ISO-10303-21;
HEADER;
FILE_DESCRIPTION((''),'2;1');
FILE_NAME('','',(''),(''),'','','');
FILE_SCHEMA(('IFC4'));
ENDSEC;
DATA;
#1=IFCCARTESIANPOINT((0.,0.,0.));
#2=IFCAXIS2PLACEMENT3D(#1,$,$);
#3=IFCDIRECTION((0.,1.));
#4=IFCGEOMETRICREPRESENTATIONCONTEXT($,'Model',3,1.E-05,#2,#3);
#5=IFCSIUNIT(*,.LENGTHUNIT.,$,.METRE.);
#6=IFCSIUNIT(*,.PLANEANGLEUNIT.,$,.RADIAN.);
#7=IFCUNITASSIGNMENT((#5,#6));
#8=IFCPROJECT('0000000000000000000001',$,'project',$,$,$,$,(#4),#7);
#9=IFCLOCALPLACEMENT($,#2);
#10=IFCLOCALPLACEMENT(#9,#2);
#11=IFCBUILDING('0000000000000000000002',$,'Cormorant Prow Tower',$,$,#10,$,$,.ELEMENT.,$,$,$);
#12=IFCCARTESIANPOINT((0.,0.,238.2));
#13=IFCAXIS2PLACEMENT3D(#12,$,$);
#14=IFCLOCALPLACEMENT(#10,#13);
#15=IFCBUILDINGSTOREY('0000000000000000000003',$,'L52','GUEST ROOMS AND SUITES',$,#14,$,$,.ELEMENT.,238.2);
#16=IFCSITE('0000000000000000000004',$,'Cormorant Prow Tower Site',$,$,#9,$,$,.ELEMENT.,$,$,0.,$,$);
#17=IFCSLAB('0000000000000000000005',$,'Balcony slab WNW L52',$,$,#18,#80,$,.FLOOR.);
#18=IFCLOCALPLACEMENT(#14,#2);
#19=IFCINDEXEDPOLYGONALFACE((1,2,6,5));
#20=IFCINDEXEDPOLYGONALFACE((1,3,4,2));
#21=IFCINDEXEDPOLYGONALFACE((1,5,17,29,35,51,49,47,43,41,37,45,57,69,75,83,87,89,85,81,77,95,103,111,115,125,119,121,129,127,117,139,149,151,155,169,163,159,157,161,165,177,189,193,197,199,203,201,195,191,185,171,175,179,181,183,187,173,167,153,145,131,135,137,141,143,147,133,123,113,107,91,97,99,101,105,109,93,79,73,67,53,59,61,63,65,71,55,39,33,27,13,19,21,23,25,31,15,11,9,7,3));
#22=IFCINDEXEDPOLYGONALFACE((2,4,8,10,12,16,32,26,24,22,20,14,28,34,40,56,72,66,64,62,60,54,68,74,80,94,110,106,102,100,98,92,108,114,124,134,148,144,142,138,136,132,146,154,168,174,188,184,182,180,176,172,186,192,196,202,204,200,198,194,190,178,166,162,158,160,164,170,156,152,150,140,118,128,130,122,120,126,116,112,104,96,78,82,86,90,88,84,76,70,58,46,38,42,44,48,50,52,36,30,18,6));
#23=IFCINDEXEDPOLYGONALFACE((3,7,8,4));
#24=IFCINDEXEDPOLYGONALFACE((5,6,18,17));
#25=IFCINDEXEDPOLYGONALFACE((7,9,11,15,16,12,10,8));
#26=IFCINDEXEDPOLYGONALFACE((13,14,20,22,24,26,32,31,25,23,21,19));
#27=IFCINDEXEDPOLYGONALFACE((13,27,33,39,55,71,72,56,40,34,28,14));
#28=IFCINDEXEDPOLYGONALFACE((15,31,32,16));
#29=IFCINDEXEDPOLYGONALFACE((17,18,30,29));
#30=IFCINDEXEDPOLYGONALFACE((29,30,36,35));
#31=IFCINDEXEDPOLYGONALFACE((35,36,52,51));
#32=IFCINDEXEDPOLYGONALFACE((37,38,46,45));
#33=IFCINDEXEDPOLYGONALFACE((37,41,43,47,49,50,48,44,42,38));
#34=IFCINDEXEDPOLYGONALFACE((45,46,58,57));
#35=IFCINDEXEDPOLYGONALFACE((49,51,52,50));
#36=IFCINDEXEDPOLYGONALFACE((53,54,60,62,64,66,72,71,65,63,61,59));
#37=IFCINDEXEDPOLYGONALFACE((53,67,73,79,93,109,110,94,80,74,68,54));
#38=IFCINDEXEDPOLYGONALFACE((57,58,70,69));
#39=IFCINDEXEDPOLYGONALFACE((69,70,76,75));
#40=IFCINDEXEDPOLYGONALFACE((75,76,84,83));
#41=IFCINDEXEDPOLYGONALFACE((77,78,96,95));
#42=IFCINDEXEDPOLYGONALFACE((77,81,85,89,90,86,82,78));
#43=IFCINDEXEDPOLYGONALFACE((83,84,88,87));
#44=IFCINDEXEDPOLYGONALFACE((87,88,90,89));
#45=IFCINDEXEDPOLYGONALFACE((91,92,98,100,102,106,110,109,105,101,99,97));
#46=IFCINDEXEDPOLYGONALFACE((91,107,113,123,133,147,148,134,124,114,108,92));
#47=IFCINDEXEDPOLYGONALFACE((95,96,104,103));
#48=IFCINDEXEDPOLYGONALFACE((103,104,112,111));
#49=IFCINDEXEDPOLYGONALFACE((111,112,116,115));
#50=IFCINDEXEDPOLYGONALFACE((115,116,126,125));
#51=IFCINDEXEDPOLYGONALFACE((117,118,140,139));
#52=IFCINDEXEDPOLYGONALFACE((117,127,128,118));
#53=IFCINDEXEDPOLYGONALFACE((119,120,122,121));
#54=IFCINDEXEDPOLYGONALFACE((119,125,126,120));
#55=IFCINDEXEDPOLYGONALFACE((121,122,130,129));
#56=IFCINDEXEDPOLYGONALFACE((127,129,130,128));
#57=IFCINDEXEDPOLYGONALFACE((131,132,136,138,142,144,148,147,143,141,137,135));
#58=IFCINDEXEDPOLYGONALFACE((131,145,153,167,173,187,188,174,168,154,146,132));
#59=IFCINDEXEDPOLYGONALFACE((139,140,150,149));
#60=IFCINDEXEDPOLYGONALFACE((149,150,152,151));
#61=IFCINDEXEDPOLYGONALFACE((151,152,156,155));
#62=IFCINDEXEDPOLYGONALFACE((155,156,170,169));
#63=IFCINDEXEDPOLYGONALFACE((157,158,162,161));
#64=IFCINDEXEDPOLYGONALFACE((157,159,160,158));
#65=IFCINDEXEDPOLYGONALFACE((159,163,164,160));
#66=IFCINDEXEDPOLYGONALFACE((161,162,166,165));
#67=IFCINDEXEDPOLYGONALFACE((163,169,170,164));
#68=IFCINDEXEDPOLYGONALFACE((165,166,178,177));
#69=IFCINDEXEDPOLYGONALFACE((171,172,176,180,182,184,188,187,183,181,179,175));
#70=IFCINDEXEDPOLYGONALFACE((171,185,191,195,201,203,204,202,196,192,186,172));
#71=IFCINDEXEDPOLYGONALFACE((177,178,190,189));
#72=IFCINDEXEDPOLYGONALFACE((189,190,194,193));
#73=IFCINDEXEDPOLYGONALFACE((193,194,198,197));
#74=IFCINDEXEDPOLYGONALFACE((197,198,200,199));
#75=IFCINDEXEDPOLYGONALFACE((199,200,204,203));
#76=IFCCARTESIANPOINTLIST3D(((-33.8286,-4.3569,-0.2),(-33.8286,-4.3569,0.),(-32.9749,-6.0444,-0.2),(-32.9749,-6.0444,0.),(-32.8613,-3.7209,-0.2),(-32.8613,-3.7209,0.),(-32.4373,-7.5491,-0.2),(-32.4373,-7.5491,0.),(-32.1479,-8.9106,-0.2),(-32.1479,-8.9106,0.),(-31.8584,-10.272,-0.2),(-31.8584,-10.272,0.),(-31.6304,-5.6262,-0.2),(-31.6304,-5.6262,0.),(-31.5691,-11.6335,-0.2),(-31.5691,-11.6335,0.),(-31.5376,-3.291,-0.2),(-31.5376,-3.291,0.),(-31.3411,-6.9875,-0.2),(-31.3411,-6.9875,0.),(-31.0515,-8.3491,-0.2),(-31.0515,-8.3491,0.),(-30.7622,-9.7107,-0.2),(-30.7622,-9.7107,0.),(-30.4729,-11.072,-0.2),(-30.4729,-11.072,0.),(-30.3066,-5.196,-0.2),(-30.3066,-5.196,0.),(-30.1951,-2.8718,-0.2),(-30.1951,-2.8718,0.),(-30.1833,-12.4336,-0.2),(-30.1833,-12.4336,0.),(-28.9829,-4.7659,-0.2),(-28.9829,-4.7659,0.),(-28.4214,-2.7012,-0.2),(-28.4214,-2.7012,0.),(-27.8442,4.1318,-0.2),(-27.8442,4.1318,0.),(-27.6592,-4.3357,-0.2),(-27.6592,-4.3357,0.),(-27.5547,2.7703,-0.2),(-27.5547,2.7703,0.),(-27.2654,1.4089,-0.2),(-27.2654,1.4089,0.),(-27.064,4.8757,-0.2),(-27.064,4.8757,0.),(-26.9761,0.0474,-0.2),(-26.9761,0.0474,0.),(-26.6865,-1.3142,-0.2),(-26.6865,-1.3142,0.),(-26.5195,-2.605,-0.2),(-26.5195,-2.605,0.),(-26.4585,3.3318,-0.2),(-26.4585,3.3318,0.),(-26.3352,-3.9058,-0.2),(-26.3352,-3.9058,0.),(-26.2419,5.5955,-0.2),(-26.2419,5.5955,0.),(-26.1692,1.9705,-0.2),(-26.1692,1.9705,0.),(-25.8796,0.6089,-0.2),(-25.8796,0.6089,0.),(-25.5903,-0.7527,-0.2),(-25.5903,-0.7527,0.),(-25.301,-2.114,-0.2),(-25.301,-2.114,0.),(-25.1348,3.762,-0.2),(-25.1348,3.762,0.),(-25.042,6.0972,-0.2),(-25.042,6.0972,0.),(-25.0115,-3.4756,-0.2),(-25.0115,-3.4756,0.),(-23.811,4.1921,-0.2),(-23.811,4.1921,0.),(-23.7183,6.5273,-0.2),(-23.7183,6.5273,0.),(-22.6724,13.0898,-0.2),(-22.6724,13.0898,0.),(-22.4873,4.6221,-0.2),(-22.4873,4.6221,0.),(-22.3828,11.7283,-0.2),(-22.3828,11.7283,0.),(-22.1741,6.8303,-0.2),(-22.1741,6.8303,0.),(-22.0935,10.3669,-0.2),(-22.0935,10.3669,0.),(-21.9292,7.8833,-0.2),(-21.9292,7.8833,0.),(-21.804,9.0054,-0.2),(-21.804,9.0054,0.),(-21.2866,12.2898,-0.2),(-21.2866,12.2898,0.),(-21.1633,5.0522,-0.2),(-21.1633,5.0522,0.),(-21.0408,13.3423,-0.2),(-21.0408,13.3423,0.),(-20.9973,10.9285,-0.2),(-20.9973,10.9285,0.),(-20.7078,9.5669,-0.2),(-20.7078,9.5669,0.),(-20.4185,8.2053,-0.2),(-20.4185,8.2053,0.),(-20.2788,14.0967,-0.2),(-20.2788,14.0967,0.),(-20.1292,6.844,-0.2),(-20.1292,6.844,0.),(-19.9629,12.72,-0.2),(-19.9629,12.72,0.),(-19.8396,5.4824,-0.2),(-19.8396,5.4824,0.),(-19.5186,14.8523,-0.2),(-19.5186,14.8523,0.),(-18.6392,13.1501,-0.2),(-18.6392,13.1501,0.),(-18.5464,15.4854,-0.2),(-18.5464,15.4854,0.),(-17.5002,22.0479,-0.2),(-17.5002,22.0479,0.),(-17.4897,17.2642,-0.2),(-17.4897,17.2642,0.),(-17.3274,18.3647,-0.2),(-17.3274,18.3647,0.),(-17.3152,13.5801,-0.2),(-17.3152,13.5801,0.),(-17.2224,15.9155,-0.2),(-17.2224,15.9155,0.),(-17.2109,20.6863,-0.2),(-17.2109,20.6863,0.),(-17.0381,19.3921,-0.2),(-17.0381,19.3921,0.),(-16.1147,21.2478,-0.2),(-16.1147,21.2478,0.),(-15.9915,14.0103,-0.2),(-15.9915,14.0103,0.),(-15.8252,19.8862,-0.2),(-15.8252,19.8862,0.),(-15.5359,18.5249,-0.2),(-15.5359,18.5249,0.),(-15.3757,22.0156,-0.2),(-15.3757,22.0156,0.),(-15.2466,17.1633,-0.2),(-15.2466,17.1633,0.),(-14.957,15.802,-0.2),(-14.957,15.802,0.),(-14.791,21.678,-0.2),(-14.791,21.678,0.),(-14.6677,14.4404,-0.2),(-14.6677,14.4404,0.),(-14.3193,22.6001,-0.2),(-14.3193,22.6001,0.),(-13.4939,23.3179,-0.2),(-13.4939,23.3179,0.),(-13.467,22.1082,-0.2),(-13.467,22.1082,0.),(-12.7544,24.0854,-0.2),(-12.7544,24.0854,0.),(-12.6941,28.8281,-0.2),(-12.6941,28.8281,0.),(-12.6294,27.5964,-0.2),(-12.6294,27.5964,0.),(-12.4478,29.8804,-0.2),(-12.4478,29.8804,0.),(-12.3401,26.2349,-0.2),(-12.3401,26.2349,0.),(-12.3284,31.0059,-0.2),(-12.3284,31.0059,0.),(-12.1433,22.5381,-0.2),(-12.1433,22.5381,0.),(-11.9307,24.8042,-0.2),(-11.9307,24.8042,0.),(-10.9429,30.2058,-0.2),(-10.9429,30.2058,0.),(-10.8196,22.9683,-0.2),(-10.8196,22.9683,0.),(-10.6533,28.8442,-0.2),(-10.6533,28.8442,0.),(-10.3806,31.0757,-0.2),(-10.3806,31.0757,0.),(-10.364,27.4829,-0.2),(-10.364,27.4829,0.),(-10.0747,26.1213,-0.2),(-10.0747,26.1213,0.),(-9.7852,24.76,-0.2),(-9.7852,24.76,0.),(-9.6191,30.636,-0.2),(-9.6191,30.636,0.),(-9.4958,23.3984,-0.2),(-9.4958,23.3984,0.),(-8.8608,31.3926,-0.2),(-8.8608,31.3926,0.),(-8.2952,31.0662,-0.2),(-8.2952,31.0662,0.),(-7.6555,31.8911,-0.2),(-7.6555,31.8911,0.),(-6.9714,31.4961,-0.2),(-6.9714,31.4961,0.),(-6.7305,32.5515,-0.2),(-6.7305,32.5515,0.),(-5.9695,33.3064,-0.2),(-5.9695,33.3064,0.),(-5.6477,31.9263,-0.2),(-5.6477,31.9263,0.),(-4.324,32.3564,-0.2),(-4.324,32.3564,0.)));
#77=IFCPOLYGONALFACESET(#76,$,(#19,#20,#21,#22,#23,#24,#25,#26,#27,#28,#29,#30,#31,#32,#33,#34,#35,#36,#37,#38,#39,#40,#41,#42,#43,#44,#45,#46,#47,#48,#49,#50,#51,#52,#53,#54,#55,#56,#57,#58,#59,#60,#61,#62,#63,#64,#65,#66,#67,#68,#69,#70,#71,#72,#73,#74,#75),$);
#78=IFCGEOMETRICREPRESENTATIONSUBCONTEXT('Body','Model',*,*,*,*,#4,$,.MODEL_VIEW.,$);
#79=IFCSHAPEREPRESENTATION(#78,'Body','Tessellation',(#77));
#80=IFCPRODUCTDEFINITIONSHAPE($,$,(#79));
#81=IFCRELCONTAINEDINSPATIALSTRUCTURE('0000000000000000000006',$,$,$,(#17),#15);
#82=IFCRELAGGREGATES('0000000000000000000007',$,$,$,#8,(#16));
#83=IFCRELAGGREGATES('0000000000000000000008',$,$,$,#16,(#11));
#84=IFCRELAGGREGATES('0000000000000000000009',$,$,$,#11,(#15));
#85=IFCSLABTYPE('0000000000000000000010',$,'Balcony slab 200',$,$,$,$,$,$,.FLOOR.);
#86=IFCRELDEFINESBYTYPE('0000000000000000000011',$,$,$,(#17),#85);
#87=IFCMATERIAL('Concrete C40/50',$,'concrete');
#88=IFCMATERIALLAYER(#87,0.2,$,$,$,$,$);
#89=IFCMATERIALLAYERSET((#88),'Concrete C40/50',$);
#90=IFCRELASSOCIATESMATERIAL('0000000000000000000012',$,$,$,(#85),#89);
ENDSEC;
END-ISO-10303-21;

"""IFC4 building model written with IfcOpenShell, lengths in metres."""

from ifc_helpers import new_model, si_unit, direction, frame, origin, place, context, subcontext, project, spatial, polyline, outline, extrude, material, layer, layer_set, type_object, element, save


model = new_model("IFC4")

# Units and contexts
model_context = context("Model", 3, precision=1e-05, world=origin(), true_north=direction((0.0, 1.0)))
body_context = subcontext(model_context, "Body", "Model", "MODEL_VIEW")
ifc_project = project(units=[si_unit("LENGTHUNIT", "METRE"), si_unit("PLANEANGLEUNIT", "RADIAN")], contexts=[model_context])

# Site, building, storey
site_placement = place(None, origin())
site = spatial("IfcSite", under=ifc_project, at=site_placement, Name="Cormorant Prow Tower Site", CompositionType="ELEMENT", RefElevation=0.0)
building_placement = place(site_placement, origin())
building = spatial("IfcBuilding", under=site, at=building_placement, Name="Cormorant Prow Tower", CompositionType="ELEMENT")
storey_placement = place(building_placement, frame((0.0, 0.0, 238.2)))
storey = spatial("IfcBuildingStorey", under=building, at=storey_placement, Name="L52", Description="GUEST ROOMS AND SUITES", CompositionType="ELEMENT", Elevation=238.2)

# Slab
ifc_material_1 = material(Name="Concrete C40/50", Category="concrete")
ifc_layer_1 = layer(ifc_material_1, 0.2)
ifc_layer_set_1 = layer_set([ifc_layer_1], Name="Concrete C40/50")
slab_type_1 = type_object("IfcSlabType", Name="Balcony slab 200", PredefinedType="FLOOR", material=ifc_layer_set_1)
slab_1_placement = place(storey_placement, frame((0.0, 0.0, -0.2)))
element("IfcSlab", 1, at=slab_1_placement, inside=storey, type_object=slab_type_1, Name="Balcony slab WNW L52", PredefinedType="FLOOR", context=body_context, shape_type="SweptSolid", body=[
    extrude(outline(polyline([(-4.324, 32.3564), (-5.9695, 33.3064), (-6.7305, 32.5515), (-7.6555, 31.8911), (-8.8608, 31.3926), (-10.3806, 31.0757), (-12.3284, 31.0059), (-12.4478, 29.8804), (-12.6941, 28.8281), (-12.6294, 27.5964), (-12.3401, 26.2349), (-11.9307, 24.8042), (-12.7544, 24.0854), (-13.4939, 23.3179), (-14.3193, 22.6001), (-15.3757, 22.0156), (-17.5002, 22.0479), (-17.2109, 20.6863), (-17.0381, 19.3921), (-17.3274, 18.3647), (-17.4897, 17.2642), (-17.2224, 15.9155), (-18.5464, 15.4854), (-19.5186, 14.8523), (-20.2788, 14.0967), (-21.0408, 13.3423), (-22.6724, 13.0898), (-22.3828, 11.7283), (-22.0935, 10.3669), (-21.804, 9.0054), (-21.9292, 7.8833), (-22.1741, 6.8303), (-23.7183, 6.5273), (-25.042, 6.0972), (-26.2419, 5.5955), (-27.064, 4.8757), (-27.8442, 4.1318), (-27.5547, 2.7703), (-27.2654, 1.4089), (-26.9761, 0.0474), (-26.6865, -1.3142), (-26.5195, -2.605), (-28.4214, -2.7012), (-30.1951, -2.8718), (-31.5376, -3.291), (-32.8613, -3.7209), (-33.8286, -4.3569), (-32.9749, -6.0444), (-32.4373, -7.5491), (-32.1479, -8.9106), (-31.8584, -10.272), (-31.5691, -11.6335), (-30.1833, -12.4336), (-30.4729, -11.072), (-30.7622, -9.7107), (-31.0515, -8.3491), (-31.3411, -6.9875), (-31.6304, -5.6262), (-30.3066, -5.196), (-28.9829, -4.7659), (-27.6592, -4.3357), (-26.3352, -3.9058), (-25.0115, -3.4756), (-25.301, -2.114), (-25.5903, -0.7527), (-25.8796, 0.6089), (-26.1692, 1.9705), (-26.4585, 3.3318), (-25.1348, 3.762), (-23.811, 4.1921), (-22.4873, 4.6221), (-21.1633, 5.0522), (-19.8396, 5.4824), (-20.1292, 6.844), (-20.4185, 8.2053), (-20.7078, 9.5669), (-20.9973, 10.9285), (-21.2866, 12.2898), (-19.9629, 12.72), (-18.6392, 13.1501), (-17.3152, 13.5801), (-15.9915, 14.0103), (-14.6677, 14.4404), (-14.957, 15.802), (-15.2466, 17.1633), (-15.5359, 18.5249), (-15.8252, 19.8862), (-16.1147, 21.2478), (-14.791, 21.678), (-13.467, 22.1082), (-12.1433, 22.5381), (-10.8196, 22.9683), (-9.4958, 23.3984), (-9.7852, 24.76), (-10.0747, 26.1213), (-10.364, 27.4829), (-10.6533, 28.8442), (-10.9429, 30.2058), (-9.6191, 30.636), (-8.2952, 31.0662), (-6.9714, 31.4961), (-5.6477, 31.9263), (-4.324, 32.3564)])), origin(), (0.0, 0.0, 1.0), 0.2),
])

save(model, "model.ifc")
